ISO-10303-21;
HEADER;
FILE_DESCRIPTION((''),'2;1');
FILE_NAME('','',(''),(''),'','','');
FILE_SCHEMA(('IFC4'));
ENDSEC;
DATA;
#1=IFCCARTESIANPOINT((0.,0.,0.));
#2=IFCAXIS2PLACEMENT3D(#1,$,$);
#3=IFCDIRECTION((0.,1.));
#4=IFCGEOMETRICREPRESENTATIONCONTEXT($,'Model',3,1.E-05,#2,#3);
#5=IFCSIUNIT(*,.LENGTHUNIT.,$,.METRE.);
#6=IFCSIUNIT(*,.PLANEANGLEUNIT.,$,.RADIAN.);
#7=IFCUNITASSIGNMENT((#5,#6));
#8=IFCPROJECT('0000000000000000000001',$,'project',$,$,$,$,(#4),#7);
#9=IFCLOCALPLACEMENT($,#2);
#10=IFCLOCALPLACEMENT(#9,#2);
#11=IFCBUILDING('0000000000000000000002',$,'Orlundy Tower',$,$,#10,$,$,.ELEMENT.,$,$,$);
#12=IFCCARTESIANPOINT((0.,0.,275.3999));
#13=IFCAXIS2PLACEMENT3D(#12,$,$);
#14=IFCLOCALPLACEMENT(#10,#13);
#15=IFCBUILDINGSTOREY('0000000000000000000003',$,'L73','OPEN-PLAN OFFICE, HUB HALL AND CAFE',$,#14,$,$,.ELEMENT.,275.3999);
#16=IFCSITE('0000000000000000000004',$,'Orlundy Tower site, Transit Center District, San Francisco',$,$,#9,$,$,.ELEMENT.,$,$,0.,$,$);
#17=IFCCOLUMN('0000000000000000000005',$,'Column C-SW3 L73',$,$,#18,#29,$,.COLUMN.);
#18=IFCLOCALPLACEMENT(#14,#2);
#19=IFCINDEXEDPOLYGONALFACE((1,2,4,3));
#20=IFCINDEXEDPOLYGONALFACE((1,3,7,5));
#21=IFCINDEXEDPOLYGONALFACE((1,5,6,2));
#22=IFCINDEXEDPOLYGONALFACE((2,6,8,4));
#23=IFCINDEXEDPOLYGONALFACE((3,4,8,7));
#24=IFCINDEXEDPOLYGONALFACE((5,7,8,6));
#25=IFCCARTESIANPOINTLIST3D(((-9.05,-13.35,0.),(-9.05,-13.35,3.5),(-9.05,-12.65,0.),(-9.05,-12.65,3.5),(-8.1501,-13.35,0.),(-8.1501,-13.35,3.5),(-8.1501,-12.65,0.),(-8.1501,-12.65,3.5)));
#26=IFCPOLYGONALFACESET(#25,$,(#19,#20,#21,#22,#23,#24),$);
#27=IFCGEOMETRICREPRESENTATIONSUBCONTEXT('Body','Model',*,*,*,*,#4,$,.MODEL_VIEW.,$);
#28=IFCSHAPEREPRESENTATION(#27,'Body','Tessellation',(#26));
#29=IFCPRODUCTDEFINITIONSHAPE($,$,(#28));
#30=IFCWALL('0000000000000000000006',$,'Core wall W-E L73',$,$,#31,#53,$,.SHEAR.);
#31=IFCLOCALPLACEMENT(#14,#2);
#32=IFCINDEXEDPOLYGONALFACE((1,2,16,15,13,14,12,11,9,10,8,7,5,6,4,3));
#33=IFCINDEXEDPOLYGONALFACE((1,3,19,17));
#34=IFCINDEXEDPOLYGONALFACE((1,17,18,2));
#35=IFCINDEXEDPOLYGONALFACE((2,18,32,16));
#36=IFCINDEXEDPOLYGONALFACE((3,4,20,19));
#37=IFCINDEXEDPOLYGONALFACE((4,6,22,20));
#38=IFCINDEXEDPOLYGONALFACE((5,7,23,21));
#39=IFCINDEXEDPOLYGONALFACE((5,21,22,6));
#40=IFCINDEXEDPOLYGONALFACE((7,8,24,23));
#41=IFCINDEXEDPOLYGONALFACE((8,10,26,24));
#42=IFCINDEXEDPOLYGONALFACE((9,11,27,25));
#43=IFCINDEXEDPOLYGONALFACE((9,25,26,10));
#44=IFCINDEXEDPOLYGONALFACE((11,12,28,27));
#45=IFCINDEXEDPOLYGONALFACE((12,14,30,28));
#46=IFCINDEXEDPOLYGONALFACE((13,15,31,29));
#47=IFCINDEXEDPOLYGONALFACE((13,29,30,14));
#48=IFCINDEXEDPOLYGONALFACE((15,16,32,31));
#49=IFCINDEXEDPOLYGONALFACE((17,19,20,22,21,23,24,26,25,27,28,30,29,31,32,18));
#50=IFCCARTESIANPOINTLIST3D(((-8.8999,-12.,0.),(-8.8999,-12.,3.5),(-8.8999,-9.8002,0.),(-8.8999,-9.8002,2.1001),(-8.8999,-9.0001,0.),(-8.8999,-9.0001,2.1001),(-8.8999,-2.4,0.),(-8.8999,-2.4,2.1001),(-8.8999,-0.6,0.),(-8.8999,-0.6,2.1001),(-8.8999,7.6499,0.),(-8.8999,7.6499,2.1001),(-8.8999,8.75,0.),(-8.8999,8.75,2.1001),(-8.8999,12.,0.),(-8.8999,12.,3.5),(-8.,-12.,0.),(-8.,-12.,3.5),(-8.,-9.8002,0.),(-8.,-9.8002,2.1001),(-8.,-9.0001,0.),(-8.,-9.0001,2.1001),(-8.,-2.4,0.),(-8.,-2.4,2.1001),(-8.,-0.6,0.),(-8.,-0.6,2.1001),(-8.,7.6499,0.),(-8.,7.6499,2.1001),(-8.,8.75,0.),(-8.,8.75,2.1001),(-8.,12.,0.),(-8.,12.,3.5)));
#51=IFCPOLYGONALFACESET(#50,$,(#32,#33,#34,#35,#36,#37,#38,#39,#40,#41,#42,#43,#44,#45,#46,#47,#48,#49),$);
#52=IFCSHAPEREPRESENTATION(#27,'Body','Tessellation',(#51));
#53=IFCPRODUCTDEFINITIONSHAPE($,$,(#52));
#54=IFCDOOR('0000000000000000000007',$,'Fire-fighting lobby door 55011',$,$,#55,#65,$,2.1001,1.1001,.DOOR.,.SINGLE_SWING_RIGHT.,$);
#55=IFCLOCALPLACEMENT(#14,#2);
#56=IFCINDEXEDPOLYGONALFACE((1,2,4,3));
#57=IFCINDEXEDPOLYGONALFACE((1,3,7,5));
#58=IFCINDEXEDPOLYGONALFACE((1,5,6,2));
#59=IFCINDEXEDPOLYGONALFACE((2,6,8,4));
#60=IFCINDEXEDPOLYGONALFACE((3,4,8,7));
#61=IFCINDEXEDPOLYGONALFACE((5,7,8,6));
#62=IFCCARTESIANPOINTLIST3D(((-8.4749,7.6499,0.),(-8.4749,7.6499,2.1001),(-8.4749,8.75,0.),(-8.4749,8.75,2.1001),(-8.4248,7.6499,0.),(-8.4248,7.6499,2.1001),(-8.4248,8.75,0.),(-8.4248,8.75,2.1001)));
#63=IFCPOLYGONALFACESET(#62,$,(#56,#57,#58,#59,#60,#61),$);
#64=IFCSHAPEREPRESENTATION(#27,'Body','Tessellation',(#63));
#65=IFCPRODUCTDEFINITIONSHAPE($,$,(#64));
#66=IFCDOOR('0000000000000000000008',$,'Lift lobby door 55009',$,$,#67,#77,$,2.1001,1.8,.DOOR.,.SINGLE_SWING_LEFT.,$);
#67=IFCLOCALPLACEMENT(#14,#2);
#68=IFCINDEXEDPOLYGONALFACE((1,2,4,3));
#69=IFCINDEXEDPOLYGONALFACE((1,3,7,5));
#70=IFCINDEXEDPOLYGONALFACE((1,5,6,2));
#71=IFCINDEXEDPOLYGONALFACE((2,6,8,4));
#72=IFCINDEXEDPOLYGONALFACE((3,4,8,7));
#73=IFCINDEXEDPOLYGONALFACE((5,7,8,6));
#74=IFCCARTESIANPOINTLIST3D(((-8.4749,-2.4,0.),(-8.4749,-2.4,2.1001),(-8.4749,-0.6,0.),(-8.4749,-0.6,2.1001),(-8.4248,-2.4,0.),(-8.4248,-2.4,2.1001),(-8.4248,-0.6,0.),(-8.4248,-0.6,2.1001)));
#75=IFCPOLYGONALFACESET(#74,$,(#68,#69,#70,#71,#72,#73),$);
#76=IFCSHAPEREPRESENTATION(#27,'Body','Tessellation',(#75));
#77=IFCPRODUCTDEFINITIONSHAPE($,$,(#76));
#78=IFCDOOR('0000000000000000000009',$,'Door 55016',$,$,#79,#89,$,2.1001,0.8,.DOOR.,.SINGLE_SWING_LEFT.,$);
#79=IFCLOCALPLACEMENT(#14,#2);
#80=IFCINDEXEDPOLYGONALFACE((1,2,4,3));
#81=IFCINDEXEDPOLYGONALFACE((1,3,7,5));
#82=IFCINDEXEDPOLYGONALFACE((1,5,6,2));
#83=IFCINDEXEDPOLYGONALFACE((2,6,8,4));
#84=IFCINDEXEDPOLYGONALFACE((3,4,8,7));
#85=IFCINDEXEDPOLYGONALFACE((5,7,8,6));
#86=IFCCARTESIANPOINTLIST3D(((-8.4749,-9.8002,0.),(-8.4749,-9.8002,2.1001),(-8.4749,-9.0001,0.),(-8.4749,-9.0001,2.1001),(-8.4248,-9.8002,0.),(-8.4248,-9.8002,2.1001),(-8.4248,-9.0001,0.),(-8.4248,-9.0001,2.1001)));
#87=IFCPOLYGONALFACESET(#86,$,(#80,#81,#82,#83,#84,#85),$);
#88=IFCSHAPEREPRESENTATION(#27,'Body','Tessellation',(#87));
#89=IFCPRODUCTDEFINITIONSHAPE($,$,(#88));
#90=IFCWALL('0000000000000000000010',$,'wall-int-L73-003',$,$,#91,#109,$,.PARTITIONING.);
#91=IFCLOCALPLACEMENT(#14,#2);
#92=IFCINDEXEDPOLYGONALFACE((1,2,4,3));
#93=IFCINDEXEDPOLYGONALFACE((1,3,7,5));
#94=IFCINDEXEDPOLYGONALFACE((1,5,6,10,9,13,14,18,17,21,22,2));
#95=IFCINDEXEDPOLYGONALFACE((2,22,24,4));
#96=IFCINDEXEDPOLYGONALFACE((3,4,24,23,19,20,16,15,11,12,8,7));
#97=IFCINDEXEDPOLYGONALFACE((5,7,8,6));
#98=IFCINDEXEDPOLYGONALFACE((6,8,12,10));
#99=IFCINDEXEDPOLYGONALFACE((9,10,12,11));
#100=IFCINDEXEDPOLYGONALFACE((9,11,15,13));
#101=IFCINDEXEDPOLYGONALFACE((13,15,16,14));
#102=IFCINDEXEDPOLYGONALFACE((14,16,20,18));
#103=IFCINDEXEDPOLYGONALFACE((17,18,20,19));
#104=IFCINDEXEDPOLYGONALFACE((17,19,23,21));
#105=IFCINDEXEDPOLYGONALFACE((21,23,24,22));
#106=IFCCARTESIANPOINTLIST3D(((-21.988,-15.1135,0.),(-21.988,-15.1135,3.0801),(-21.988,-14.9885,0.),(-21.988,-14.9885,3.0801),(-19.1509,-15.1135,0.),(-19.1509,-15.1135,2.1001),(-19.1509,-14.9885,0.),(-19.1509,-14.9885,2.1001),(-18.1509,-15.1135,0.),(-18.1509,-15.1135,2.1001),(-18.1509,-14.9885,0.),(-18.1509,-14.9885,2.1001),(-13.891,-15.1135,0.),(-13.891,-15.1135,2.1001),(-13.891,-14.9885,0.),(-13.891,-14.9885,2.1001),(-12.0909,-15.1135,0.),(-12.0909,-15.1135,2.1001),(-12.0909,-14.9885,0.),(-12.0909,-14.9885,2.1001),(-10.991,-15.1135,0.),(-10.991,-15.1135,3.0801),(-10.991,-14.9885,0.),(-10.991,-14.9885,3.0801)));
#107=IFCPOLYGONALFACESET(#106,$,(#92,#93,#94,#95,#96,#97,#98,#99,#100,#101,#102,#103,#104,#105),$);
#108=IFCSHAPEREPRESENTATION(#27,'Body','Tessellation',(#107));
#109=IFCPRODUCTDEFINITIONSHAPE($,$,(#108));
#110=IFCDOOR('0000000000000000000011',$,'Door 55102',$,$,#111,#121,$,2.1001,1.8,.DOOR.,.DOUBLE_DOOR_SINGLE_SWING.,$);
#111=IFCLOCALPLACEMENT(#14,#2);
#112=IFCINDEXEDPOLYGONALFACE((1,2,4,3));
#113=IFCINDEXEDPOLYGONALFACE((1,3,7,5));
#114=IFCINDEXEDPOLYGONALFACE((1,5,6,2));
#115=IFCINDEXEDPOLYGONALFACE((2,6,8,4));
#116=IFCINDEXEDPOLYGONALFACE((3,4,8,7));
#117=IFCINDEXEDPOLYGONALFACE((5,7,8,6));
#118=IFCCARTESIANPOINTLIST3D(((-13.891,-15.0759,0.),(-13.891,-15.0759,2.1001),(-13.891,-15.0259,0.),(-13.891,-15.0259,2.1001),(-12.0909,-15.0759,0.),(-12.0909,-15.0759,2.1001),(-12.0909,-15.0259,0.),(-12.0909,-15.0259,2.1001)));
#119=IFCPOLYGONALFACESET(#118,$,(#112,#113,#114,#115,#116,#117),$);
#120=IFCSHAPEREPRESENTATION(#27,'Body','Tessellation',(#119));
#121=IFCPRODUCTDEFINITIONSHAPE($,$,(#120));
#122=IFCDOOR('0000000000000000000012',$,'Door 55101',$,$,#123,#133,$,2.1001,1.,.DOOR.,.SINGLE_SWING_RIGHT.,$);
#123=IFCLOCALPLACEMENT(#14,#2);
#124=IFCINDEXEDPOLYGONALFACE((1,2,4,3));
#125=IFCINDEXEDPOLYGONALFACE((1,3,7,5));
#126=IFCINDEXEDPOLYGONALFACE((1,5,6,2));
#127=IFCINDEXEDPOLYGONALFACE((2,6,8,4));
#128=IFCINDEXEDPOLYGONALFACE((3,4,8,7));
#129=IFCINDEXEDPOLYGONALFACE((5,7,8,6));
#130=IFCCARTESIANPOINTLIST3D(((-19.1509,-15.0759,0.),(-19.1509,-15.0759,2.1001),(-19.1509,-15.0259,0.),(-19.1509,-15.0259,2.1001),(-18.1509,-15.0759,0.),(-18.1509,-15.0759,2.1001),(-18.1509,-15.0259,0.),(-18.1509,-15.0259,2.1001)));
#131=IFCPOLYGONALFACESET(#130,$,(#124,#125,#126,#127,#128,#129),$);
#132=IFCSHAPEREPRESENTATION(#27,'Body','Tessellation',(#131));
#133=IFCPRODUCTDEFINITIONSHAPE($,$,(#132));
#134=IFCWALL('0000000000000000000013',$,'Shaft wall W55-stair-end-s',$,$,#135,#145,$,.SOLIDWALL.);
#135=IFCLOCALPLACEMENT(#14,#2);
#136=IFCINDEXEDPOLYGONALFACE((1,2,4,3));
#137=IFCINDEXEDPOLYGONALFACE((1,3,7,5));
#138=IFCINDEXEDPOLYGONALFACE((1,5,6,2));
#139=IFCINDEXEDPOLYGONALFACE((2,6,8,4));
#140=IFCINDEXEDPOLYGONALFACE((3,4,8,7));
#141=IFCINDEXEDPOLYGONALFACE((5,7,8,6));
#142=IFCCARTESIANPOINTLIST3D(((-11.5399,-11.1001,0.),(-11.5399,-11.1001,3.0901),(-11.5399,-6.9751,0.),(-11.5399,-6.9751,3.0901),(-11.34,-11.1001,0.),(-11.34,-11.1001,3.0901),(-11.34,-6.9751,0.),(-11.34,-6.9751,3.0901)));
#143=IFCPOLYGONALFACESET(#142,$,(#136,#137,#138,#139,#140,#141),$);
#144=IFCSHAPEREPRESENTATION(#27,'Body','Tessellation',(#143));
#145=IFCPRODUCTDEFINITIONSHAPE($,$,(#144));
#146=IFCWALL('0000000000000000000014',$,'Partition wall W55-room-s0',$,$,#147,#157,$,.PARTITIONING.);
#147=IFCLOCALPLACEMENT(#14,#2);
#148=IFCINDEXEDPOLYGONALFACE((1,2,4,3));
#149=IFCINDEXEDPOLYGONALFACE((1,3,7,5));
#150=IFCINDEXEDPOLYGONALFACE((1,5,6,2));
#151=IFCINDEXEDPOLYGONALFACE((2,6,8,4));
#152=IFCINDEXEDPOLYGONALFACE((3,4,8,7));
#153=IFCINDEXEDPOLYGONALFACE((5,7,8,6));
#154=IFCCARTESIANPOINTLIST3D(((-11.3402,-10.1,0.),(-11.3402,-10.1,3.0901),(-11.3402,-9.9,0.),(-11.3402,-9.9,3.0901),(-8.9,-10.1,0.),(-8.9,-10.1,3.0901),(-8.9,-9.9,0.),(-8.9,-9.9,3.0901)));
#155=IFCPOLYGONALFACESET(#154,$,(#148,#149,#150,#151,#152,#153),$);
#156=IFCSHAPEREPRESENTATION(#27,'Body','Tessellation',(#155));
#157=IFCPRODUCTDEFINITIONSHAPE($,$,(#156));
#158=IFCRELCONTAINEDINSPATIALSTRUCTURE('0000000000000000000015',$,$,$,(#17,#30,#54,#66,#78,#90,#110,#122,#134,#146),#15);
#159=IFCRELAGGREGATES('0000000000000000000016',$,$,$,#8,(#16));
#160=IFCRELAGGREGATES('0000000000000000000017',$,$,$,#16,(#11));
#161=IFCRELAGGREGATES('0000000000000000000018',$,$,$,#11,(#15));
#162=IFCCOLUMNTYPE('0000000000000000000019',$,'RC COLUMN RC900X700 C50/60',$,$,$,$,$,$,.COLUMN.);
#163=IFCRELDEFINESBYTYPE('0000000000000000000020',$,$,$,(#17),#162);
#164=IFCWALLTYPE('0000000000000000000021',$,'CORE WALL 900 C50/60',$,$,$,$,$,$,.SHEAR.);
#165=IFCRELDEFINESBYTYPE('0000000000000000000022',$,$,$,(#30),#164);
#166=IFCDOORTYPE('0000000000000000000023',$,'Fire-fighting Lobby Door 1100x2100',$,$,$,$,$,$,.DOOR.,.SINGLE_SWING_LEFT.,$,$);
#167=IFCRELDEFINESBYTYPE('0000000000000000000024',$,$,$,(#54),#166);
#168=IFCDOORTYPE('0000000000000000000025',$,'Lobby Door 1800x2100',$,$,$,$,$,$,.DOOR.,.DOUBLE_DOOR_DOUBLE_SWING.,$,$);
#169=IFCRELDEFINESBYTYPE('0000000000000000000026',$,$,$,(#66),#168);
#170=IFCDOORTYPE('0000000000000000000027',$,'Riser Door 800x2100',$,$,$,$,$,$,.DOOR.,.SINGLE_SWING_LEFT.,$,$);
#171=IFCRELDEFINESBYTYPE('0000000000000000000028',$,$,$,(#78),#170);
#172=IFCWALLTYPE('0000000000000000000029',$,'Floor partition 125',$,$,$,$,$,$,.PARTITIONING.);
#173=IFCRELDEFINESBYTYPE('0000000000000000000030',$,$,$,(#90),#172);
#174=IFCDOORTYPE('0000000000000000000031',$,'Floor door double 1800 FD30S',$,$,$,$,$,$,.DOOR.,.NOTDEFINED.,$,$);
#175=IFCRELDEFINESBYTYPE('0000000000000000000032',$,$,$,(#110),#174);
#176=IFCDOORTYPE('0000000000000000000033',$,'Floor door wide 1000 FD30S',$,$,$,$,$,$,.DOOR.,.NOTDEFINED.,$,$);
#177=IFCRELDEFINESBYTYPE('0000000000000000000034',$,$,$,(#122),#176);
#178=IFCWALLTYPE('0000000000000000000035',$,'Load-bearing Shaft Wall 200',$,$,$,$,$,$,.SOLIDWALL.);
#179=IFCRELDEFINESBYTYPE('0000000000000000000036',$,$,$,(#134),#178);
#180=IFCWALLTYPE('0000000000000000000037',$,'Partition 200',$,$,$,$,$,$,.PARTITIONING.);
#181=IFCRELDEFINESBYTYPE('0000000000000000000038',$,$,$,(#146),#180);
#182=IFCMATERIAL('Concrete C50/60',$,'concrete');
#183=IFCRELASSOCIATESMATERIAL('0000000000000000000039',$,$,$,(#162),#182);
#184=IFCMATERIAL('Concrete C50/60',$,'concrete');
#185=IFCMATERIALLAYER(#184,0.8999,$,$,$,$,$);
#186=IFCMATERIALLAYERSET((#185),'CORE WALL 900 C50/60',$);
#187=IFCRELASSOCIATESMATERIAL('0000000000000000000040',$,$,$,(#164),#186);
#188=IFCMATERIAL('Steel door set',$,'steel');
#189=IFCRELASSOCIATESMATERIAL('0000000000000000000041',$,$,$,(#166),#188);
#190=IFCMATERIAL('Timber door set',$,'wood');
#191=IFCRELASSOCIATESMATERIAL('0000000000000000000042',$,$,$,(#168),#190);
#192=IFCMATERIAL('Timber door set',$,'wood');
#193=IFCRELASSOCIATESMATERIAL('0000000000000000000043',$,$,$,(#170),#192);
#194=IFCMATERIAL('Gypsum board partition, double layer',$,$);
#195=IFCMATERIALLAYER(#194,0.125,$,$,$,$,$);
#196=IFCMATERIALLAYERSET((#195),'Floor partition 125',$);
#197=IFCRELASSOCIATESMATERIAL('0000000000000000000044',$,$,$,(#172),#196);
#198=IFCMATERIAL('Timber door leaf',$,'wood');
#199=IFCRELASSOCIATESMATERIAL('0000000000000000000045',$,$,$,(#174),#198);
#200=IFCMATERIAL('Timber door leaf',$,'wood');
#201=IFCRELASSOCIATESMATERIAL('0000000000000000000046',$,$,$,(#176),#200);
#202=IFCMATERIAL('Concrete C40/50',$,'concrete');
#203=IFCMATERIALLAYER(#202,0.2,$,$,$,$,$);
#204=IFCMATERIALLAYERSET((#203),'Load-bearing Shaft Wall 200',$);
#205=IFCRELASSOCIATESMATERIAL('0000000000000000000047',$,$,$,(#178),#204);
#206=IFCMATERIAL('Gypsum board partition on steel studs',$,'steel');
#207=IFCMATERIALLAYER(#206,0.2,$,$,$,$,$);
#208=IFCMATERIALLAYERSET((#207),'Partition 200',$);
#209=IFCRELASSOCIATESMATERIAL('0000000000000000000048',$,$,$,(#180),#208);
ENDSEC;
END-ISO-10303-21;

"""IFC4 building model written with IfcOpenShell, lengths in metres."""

from ifc_helpers import new_model, si_unit, direction, frame, frame_2d, origin, origin_2d, place, context, subcontext, project, spatial, rectangle, extrude, material, layer, layer_set, material_profile, profile_set, type_object, element, fill, save


model = new_model("IFC4")

# Units and contexts
model_context = context("Model", 3, precision=1e-05, world=origin(), true_north=direction((0.0, 1.0)))
body_context = subcontext(model_context, "Body", "Model", "MODEL_VIEW")
ifc_project = project(units=[si_unit("LENGTHUNIT", "METRE"), si_unit("PLANEANGLEUNIT", "RADIAN")], contexts=[model_context])

# Site, building, storey
site_placement = place(None, origin())
site = spatial("IfcSite", under=ifc_project, at=site_placement, Name="Orlundy Tower site, Transit Center District, San Francisco", CompositionType="ELEMENT", RefElevation=0.0)
building_placement = place(site_placement, origin())
building = spatial("IfcBuilding", under=site, at=building_placement, Name="Orlundy Tower", CompositionType="ELEMENT")
storey_placement = place(building_placement, frame((0.0, 0.0, 275.3999)))
storey = spatial("IfcBuildingStorey", under=building, at=storey_placement, Name="L73", Description="OPEN-PLAN OFFICE, HUB HALL AND CAFE", CompositionType="ELEMENT", Elevation=275.3999)

# Column
ifc_material_1 = material(Name="Concrete C50/60", Category="concrete")
ifc_material_profile = material_profile(ifc_material_1, rectangle(XDim=0.8999, YDim=0.7, at=origin_2d()), Name="RC900X700")
ifc_profile_set = profile_set([ifc_material_profile], Name="Concrete C50/60")
column_type = type_object("IfcColumnType", Name="RC COLUMN RC900X700 C50/60", PredefinedType="COLUMN", material=ifc_profile_set)
column_placement = place(storey_placement, frame((-8.6001, -13.0, 0.0), z_axis=(0.0, 0.0, 1.0), x_axis=(1.0, 0.0, 0.0)))
element("IfcColumn", 1, at=column_placement, inside=storey, type_object=column_type, Name="Column C-SW3 L73", PredefinedType="COLUMN", context=body_context, shape_type="SweptSolid", body=[
    extrude(rectangle(XDim=0.8999, YDim=0.7, at=origin_2d()), origin(), (0.0, 0.0, 1.0), 3.5),
])

# Walls, openings, doors
ifc_material_2 = material(Name="Concrete C50/60", Category="concrete")
ifc_layer_1 = layer(ifc_material_2, 0.8999)
ifc_layer_set_1 = layer_set([ifc_layer_1], Name="CORE WALL 900 C50/60")
wall_type_1 = type_object("IfcWallType", Name="CORE WALL 900 C50/60", PredefinedType="SHEAR", material=ifc_layer_set_1)
wall_1_placement = place(storey_placement, frame((-8.45, -12.0, 0.0), z_axis=(0.0, 0.0, 1.0), x_axis=(0.0, 1.0, 0.0)))
wall_1 = element("IfcWall", 2, at=wall_1_placement, inside=storey, type_object=wall_type_1, Name="Core wall W-E L73", PredefinedType="SHEAR", context=body_context, shape_type="SweptSolid", body=[
    extrude(rectangle(XDim=24.0, YDim=0.8999, at=frame_2d((12.0, 0.0))), origin(), (0.0, 0.0, 1.0), 3.5),
])
opening_1_placement = place(wall_1_placement, frame((9.6001, 0.0, 0.0)))
opening_1 = element("IfcOpeningElement", 3, at=opening_1_placement, cuts=wall_1, PredefinedType="OPENING", context=body_context, shape_type="SweptSolid", body=[
    extrude(rectangle(XDim=1.8, YDim=2.1001, at=frame_2d((0.8999, 1.05))), frame((0.0, 0.46, 0.0), z_axis=(0.0, -1.0, 0.0), x_axis=(1.0, 0.0, 0.0)), (0.0, 0.0, 1.0), 0.9199),
])
opening_2_placement = place(wall_1_placement, frame((19.6499, 0.0, 0.0)))
opening_2 = element("IfcOpeningElement", 4, at=opening_2_placement, cuts=wall_1, PredefinedType="OPENING", context=body_context, shape_type="SweptSolid", body=[
    extrude(rectangle(XDim=1.1001, YDim=2.1001, at=frame_2d((0.55, 1.05))), frame((0.0, 0.46, 0.0), z_axis=(0.0, -1.0, 0.0), x_axis=(1.0, 0.0, 0.0)), (0.0, 0.0, 1.0), 0.9199),
])
opening_3_placement = place(wall_1_placement, frame((2.2, 0.0, 0.0)))
opening_3 = element("IfcOpeningElement", 5, at=opening_3_placement, cuts=wall_1, PredefinedType="OPENING", context=body_context, shape_type="SweptSolid", body=[
    extrude(rectangle(XDim=0.8, YDim=2.1001, at=frame_2d((0.3999, 1.05))), frame((0.0, 0.46, 0.0), z_axis=(0.0, -1.0, 0.0), x_axis=(1.0, 0.0, 0.0)), (0.0, 0.0, 1.0), 0.9199),
])
ifc_material_3 = material(Name="Steel door set", Category="steel")
door_type_1 = type_object("IfcDoorType", Name="Fire-fighting Lobby Door 1100x2100", OperationType="SINGLE_SWING_LEFT", PredefinedType="DOOR", material=ifc_material_3)
door_1_placement = place(opening_2_placement, origin())
door_1 = element("IfcDoor", 6, at=door_1_placement, inside=storey, type_object=door_type_1, Name="Fire-fighting lobby door 55011", OperationType="SINGLE_SWING_RIGHT", OverallHeight=2.1001, OverallWidth=1.1001, PredefinedType="DOOR", context=body_context, shape_type="SweptSolid", body=[
    extrude(rectangle(XDim=1.1001, YDim=2.1001, at=frame_2d((0.55, 1.05))), frame((0.0, 0.0249, 0.0), z_axis=(0.0, -1.0, 0.0), x_axis=(1.0, 0.0, 0.0)), (0.0, 0.0, 1.0), 0.05),
])
fill(opening_2, door_1)
ifc_material_4 = material(Name="Timber door set", Category="wood")
door_type_2 = type_object("IfcDoorType", Name="Lobby Door 1800x2100", OperationType="DOUBLE_DOOR_DOUBLE_SWING", PredefinedType="DOOR", material=ifc_material_4)
door_2_placement = place(opening_1_placement, origin())
door_2 = element("IfcDoor", 7, at=door_2_placement, inside=storey, type_object=door_type_2, Name="Lift lobby door 55009", OperationType="SINGLE_SWING_LEFT", OverallHeight=2.1001, OverallWidth=1.8, PredefinedType="DOOR", context=body_context, shape_type="SweptSolid", body=[
    extrude(rectangle(XDim=1.8, YDim=2.1001, at=frame_2d((0.8999, 1.05))), frame((0.0, 0.0249, 0.0), z_axis=(0.0, -1.0, 0.0), x_axis=(1.0, 0.0, 0.0)), (0.0, 0.0, 1.0), 0.05),
])
fill(opening_1, door_2)
ifc_material_5 = material(Name="Timber door set", Category="wood")
door_type_3 = type_object("IfcDoorType", Name="Riser Door 800x2100", OperationType="SINGLE_SWING_LEFT", PredefinedType="DOOR", material=ifc_material_5)
door_3_placement = place(opening_3_placement, origin())
door_3 = element("IfcDoor", 8, at=door_3_placement, inside=storey, type_object=door_type_3, Name="Door 55016", OperationType="SINGLE_SWING_LEFT", OverallHeight=2.1001, OverallWidth=0.8, PredefinedType="DOOR", context=body_context, shape_type="SweptSolid", body=[
    extrude(rectangle(XDim=0.8, YDim=2.1001, at=frame_2d((0.3999, 1.05))), frame((0.0, 0.0249, 0.0), z_axis=(0.0, -1.0, 0.0), x_axis=(1.0, 0.0, 0.0)), (0.0, 0.0, 1.0), 0.05),
])
fill(opening_3, door_3)
ifc_material_6 = material(Name="Gypsum board partition, double layer")
ifc_layer_2 = layer(ifc_material_6, 0.125)
ifc_layer_set_2 = layer_set([ifc_layer_2], Name="Floor partition 125")
wall_type_2 = type_object("IfcWallType", Name="Floor partition 125", PredefinedType="PARTITIONING", material=ifc_layer_set_2)
wall_2_placement = place(storey_placement, frame((-10.991, -15.051, 0.0), z_axis=(0.0, 0.0, 1.0), x_axis=(-1.0, 0.0, 0.0)))
wall_2 = element("IfcWall", 9, at=wall_2_placement, inside=storey, type_object=wall_type_2, Name="wall-int-L73-003", PredefinedType="PARTITIONING", context=body_context, shape_type="SweptSolid", body=[
    extrude(rectangle(XDim=10.9971, YDim=0.125, at=frame_2d((5.4985, 0.0))), origin(), (0.0, 0.0, 1.0), 3.0801),
])
opening_4_placement = place(wall_2_placement, frame((7.1599, 0.0, 0.0)))
opening_4 = element("IfcOpeningElement", 10, at=opening_4_placement, cuts=wall_2, PredefinedType="OPENING", context=body_context, shape_type="SweptSolid", body=[
    extrude(rectangle(XDim=1.0, YDim=2.1001, at=frame_2d((0.5, 1.05))), frame((0.0, 0.0725, 0.0), z_axis=(0.0, -1.0, 0.0), x_axis=(1.0, 0.0, 0.0)), (0.0, 0.0, 1.0), 0.145),
])
opening_5_placement = place(wall_2_placement, frame((1.1001, 0.0, 0.0)))
opening_5 = element("IfcOpeningElement", 11, at=opening_5_placement, cuts=wall_2, PredefinedType="OPENING", context=body_context, shape_type="SweptSolid", body=[
    extrude(rectangle(XDim=1.8, YDim=2.1001, at=frame_2d((0.8999, 1.05))), frame((0.0, 0.0725, 0.0), z_axis=(0.0, -1.0, 0.0), x_axis=(1.0, 0.0, 0.0)), (0.0, 0.0, 1.0), 0.145),
])
ifc_material_7 = material(Name="Timber door leaf", Category="wood")
door_type_4 = type_object("IfcDoorType", Name="Floor door double 1800 FD30S", OperationType="NOTDEFINED", PredefinedType="DOOR", material=ifc_material_7)
door_4_placement = place(opening_5_placement, origin())
door_4 = element("IfcDoor", 12, at=door_4_placement, inside=storey, type_object=door_type_4, Name="Door 55102", OperationType="DOUBLE_DOOR_SINGLE_SWING", OverallHeight=2.1001, OverallWidth=1.8, PredefinedType="DOOR", context=body_context, shape_type="SweptSolid", body=[
    extrude(rectangle(XDim=1.8, YDim=2.1001, at=frame_2d((0.8999, 1.05))), frame((0.0, 0.0249, 0.0), z_axis=(0.0, -1.0, 0.0), x_axis=(1.0, 0.0, 0.0)), (0.0, 0.0, 1.0), 0.05),
])
fill(opening_5, door_4)
ifc_material_8 = material(Name="Timber door leaf", Category="wood")
door_type_5 = type_object("IfcDoorType", Name="Floor door wide 1000 FD30S", OperationType="NOTDEFINED", PredefinedType="DOOR", material=ifc_material_8)
door_5_placement = place(opening_4_placement, origin())
door_5 = element("IfcDoor", 13, at=door_5_placement, inside=storey, type_object=door_type_5, Name="Door 55101", OperationType="SINGLE_SWING_RIGHT", OverallHeight=2.1001, OverallWidth=1.0, PredefinedType="DOOR", context=body_context, shape_type="SweptSolid", body=[
    extrude(rectangle(XDim=1.0, YDim=2.1001, at=frame_2d((0.5, 1.05))), frame((0.0, 0.0249, 0.0), z_axis=(0.0, -1.0, 0.0), x_axis=(1.0, 0.0, 0.0)), (0.0, 0.0, 1.0), 0.05),
])
fill(opening_4, door_5)

# Walls
ifc_material_9 = material(Name="Concrete C40/50", Category="concrete")
ifc_layer_3 = layer(ifc_material_9, 0.2)
ifc_layer_set_3 = layer_set([ifc_layer_3], Name="Load-bearing Shaft Wall 200")
wall_type_3 = type_object("IfcWallType", Name="Load-bearing Shaft Wall 200", PredefinedType="SOLIDWALL", material=ifc_layer_set_3)
wall_3_placement = place(storey_placement, frame((-11.4399, -11.1001, 0.0), z_axis=(0.0, 0.0, 1.0), x_axis=(0.0, 1.0, 0.0)))
element("IfcWall", 14, at=wall_3_placement, inside=storey, type_object=wall_type_3, Name="Shaft wall W55-stair-end-s", PredefinedType="SOLIDWALL", context=body_context, shape_type="SweptSolid", body=[
    extrude(rectangle(XDim=4.125, YDim=0.2, at=frame_2d((2.0625, 0.0))), origin(), (0.0, 0.0, 1.0), 3.0901),
])
ifc_material_10 = material(Name="Gypsum board partition on steel studs", Category="steel")
ifc_layer_4 = layer(ifc_material_10, 0.2)
ifc_layer_set_4 = layer_set([ifc_layer_4], Name="Partition 200")
wall_type_4 = type_object("IfcWallType", Name="Partition 200", PredefinedType="PARTITIONING", material=ifc_layer_set_4)
for number, where, z_axis, x_axis, name in (
    (15, (-8.8999, -10.0, 0.0), (0.0, 0.0, 1.0), (-1.0, 0.0, 0.0), "Partition wall W55-room-s0"),
):
    element("IfcWall", number, at=place(storey_placement, frame(where, z_axis=z_axis, x_axis=x_axis)), inside=storey, type_object=wall_type_4, Name=name, PredefinedType="PARTITIONING", context=body_context, shape_type="SweptSolid", body=[
        extrude(rectangle(XDim=2.4402, YDim=0.2, at=frame_2d((1.2202, 0.0))), origin(), (0.0, 0.0, 1.0), 3.0901),
    ])

save(model, "model.ifc")
